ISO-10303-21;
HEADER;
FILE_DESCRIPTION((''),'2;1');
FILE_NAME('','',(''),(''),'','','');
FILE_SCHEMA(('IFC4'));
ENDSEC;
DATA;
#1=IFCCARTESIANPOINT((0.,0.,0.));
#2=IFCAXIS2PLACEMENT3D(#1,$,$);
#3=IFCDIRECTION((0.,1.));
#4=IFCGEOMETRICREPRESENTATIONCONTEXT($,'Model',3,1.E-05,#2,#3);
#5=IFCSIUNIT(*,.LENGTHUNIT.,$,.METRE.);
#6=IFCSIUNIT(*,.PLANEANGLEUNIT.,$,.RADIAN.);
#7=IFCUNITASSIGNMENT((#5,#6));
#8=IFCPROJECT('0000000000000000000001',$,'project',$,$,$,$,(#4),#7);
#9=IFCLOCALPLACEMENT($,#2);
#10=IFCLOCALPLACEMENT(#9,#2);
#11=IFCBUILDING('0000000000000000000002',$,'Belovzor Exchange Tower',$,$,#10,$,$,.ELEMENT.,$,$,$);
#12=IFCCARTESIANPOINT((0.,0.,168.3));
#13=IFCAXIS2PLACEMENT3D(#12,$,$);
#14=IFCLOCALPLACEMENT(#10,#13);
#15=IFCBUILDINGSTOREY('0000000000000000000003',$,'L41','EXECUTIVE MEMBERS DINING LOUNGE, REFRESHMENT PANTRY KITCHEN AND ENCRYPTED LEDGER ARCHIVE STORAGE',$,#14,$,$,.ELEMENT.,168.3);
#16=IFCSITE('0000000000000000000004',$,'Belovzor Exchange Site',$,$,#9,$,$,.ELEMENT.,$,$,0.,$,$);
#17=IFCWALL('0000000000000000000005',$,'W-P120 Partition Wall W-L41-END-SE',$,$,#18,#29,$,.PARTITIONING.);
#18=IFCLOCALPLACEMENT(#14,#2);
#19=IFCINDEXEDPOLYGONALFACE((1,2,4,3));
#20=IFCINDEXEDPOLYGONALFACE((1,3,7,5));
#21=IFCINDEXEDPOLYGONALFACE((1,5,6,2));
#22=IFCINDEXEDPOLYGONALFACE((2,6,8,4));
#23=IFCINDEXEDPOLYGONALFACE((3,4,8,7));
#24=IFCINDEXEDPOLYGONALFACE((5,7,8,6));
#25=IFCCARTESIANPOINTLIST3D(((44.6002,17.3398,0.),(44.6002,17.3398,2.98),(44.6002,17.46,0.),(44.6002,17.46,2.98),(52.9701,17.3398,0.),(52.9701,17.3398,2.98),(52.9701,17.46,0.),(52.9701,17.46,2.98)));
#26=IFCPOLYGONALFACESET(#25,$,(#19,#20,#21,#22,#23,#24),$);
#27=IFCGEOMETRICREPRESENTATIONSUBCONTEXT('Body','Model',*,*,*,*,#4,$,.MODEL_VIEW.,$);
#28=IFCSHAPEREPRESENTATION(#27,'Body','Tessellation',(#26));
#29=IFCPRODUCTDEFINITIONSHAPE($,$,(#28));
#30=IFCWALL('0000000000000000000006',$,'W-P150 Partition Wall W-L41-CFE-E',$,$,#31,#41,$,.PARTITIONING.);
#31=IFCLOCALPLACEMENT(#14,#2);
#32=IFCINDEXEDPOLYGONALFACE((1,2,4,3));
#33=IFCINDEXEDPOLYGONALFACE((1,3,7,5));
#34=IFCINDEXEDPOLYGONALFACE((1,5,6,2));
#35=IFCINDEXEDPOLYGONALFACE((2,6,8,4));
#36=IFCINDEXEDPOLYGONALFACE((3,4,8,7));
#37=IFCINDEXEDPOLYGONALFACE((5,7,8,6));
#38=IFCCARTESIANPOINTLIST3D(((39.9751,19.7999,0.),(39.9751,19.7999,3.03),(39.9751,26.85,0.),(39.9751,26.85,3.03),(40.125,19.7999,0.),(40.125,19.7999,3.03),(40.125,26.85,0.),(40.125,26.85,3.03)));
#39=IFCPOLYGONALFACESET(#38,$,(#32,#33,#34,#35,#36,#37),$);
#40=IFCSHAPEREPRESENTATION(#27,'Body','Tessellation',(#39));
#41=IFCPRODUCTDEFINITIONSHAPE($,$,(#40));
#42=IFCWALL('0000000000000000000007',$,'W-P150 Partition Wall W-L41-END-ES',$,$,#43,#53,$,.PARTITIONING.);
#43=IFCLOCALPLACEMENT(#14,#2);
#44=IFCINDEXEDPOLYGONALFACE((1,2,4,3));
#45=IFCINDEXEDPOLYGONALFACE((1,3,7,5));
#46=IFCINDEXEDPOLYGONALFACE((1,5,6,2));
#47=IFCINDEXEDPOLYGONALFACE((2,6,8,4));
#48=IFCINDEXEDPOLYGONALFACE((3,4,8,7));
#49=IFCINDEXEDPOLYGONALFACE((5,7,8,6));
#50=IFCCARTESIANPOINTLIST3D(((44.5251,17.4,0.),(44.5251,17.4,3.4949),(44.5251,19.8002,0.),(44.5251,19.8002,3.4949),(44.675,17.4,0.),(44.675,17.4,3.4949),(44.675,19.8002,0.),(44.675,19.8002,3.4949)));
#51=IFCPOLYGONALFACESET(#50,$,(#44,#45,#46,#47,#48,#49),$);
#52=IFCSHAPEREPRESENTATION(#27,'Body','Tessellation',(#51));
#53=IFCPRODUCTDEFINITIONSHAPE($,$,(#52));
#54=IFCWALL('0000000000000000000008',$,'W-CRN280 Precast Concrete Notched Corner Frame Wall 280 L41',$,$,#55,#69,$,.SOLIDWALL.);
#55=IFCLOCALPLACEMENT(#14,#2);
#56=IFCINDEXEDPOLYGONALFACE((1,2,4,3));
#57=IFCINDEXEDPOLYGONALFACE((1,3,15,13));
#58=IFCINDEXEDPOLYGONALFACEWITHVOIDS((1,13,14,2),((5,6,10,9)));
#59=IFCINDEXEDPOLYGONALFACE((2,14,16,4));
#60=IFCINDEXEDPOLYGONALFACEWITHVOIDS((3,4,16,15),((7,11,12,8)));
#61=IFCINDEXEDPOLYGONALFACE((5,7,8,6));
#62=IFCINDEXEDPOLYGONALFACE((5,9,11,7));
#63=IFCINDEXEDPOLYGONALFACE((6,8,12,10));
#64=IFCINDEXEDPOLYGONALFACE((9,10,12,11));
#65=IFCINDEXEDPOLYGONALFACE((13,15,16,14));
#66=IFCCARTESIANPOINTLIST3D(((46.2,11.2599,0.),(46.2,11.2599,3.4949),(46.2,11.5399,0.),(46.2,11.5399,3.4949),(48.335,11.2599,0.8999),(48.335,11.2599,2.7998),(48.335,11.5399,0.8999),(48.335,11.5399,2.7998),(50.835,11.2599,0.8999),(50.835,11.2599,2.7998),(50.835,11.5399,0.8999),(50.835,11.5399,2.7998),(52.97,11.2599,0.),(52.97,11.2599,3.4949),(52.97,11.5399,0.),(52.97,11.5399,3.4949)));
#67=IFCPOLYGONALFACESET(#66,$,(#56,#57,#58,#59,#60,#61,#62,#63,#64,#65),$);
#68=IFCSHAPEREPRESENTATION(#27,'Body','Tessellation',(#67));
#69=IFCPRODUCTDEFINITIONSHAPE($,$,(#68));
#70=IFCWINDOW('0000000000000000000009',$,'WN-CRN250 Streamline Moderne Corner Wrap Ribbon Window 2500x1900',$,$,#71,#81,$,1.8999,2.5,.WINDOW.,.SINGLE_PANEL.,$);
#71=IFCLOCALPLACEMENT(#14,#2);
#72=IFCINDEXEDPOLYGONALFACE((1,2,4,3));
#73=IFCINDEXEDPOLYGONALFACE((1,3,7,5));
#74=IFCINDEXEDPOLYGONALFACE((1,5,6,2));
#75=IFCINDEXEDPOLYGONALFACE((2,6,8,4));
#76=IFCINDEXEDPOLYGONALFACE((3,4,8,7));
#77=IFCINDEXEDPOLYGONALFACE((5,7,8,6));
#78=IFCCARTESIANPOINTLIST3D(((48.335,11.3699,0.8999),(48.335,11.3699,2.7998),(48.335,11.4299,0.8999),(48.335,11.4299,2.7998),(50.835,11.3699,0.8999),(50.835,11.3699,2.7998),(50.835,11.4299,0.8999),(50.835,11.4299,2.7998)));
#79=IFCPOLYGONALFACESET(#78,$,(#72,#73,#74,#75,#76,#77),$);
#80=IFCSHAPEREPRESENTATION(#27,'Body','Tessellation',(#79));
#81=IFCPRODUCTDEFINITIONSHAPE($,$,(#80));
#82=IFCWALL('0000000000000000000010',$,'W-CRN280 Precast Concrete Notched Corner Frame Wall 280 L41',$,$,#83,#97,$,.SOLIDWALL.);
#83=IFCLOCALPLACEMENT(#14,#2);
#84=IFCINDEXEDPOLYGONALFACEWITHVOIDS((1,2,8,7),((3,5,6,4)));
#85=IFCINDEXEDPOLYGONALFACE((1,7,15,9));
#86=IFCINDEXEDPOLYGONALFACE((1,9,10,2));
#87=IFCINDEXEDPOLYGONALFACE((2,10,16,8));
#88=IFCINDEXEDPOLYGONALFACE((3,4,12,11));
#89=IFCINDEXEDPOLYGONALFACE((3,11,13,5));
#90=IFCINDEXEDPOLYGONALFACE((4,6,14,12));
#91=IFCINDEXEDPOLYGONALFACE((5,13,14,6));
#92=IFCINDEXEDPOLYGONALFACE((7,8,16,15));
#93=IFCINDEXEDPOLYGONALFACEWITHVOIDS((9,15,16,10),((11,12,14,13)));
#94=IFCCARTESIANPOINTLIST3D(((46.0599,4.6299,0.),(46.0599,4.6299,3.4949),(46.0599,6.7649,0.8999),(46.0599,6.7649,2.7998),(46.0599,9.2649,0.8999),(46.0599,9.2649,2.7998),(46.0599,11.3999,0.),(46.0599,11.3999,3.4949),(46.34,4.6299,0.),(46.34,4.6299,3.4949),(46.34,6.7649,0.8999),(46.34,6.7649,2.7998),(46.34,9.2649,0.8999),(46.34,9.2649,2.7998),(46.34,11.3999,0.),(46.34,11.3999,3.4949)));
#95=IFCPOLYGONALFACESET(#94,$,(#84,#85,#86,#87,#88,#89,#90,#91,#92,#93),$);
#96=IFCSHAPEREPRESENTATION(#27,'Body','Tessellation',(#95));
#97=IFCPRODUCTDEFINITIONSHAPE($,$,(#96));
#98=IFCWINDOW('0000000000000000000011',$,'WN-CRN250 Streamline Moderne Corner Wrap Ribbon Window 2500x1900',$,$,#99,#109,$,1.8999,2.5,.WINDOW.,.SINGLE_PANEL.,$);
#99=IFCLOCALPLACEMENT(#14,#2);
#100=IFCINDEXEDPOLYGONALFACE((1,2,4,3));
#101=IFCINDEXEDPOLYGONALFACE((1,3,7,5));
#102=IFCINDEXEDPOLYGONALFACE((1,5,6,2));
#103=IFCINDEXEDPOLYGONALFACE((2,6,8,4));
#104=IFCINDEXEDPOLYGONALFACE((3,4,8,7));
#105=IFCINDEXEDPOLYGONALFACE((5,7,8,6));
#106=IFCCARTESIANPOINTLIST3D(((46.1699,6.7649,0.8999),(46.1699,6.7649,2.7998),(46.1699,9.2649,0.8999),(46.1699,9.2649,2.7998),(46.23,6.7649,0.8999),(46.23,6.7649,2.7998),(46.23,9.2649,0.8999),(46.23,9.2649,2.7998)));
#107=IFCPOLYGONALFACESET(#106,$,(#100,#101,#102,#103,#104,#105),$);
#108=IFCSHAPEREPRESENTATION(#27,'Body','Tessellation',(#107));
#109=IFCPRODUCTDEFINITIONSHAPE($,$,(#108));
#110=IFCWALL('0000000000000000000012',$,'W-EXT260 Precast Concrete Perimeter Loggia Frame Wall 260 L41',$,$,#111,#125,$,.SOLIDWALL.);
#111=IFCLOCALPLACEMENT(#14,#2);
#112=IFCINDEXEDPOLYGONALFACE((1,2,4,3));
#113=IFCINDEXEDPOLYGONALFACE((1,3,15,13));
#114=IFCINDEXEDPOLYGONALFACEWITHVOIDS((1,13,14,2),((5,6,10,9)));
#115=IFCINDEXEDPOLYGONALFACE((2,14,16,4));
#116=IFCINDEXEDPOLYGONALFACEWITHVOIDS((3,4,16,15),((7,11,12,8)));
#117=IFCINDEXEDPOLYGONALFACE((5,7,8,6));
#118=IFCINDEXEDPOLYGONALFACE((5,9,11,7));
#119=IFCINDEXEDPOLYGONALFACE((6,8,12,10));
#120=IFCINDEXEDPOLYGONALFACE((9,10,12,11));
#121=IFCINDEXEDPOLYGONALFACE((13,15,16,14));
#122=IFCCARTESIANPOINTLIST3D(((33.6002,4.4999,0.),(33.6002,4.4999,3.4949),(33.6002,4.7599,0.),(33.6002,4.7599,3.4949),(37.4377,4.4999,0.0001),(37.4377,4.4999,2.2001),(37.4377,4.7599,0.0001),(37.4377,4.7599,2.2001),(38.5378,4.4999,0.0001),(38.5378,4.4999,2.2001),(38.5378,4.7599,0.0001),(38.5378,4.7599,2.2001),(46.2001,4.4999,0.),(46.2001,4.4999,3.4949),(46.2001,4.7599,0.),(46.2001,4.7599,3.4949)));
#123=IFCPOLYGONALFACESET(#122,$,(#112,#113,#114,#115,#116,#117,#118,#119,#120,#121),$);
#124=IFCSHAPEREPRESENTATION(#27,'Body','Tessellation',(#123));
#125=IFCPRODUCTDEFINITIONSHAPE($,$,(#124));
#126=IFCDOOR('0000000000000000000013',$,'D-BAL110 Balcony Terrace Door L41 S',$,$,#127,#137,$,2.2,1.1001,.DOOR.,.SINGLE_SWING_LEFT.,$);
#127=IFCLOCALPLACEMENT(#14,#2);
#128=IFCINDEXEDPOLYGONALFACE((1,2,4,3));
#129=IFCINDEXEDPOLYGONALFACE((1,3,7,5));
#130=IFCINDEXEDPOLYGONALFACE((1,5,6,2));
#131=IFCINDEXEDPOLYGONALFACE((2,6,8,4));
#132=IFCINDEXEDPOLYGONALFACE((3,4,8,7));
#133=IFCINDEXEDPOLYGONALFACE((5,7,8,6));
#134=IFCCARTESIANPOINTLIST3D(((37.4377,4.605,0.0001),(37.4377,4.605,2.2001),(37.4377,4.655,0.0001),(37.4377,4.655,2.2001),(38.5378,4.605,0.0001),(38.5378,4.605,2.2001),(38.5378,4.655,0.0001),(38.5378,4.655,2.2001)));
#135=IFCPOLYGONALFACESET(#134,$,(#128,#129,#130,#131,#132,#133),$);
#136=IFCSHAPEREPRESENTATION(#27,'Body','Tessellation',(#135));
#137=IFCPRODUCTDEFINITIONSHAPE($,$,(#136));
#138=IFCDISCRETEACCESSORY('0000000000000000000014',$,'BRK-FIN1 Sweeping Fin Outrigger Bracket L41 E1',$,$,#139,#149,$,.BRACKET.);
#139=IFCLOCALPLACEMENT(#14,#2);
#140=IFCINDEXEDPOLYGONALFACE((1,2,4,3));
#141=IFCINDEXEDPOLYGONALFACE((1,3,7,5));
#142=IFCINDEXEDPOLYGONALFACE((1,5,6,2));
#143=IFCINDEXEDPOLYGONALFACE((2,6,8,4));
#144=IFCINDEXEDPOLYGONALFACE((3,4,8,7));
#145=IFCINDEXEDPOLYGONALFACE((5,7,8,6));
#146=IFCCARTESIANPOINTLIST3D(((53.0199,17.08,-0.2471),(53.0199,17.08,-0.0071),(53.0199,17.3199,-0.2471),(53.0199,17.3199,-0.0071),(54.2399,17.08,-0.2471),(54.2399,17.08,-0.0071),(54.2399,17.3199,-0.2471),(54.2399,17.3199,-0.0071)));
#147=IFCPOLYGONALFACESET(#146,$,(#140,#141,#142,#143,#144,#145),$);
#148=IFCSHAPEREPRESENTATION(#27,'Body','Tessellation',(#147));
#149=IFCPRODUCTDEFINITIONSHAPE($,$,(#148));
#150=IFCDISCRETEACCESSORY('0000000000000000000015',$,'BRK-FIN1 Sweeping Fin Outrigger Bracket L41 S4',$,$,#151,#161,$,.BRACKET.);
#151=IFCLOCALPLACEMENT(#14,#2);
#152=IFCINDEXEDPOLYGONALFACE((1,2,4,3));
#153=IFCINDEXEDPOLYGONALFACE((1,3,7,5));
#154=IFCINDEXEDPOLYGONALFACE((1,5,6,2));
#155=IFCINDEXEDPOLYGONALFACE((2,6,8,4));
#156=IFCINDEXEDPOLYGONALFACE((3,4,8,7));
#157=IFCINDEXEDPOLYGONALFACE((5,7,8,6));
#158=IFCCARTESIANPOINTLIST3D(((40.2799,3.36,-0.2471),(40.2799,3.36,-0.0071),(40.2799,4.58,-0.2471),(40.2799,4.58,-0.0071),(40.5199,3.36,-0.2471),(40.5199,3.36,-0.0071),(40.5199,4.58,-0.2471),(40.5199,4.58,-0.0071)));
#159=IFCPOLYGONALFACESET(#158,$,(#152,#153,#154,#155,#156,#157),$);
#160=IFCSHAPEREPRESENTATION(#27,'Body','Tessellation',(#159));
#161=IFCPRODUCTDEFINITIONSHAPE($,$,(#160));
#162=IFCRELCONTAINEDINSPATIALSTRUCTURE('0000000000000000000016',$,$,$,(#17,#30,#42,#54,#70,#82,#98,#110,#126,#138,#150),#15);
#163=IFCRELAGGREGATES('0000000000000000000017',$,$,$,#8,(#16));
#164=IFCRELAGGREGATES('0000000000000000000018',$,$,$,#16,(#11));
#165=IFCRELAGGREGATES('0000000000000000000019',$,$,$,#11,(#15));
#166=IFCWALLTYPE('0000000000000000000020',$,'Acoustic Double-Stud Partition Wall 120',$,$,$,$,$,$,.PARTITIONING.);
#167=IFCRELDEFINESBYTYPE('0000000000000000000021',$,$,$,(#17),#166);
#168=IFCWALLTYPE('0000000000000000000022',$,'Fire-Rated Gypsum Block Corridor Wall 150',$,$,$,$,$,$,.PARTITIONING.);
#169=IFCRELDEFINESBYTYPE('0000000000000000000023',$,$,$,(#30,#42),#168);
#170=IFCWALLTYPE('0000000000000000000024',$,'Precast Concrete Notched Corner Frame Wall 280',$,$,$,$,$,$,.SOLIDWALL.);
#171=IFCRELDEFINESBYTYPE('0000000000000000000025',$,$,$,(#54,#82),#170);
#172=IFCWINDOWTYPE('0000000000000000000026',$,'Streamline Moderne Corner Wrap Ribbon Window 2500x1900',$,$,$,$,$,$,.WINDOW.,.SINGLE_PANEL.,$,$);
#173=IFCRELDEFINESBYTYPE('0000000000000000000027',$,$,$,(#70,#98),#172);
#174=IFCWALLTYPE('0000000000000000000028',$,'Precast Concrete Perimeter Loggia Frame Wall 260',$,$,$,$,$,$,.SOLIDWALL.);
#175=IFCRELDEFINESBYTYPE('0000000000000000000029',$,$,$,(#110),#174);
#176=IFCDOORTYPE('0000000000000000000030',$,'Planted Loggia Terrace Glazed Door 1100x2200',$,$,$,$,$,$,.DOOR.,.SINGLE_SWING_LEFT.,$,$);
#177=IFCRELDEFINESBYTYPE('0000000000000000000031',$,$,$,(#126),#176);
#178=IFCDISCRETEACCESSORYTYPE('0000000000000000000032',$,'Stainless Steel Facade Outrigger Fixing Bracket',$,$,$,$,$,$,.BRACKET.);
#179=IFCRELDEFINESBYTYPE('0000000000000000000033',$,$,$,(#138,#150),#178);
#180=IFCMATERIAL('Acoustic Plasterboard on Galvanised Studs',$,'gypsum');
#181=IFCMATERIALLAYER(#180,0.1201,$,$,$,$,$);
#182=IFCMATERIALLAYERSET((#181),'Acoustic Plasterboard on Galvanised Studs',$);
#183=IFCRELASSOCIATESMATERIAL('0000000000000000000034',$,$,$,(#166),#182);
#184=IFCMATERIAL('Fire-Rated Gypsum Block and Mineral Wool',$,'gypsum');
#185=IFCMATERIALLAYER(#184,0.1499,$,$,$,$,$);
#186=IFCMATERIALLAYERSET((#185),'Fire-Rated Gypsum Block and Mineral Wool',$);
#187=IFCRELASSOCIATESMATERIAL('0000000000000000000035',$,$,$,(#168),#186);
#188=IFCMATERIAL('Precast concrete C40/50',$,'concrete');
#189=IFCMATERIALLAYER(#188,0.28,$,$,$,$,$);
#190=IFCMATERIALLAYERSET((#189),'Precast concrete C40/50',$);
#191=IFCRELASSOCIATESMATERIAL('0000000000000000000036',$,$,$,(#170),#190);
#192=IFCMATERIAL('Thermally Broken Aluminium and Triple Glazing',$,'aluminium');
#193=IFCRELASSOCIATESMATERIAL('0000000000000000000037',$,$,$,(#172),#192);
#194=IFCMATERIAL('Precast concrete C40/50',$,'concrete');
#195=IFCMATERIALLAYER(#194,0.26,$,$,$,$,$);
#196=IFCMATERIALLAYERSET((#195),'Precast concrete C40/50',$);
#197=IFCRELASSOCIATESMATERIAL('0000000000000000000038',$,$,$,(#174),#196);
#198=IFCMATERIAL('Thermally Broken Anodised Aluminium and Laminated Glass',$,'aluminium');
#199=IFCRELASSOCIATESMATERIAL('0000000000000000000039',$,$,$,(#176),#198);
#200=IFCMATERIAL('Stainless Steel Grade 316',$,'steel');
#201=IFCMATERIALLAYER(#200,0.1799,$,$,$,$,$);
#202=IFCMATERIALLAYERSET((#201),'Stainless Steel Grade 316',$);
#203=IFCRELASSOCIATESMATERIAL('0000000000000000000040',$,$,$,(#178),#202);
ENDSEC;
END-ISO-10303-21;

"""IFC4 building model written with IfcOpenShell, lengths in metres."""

from ifc_helpers import new_model, si_unit, direction, frame, frame_2d, origin, origin_2d, place, context, subcontext, project, spatial, rectangle, extrude, material, layer, layer_set, type_object, element, fill, save


model = new_model("IFC4")

# Units and contexts
model_context = context("Model", 3, precision=1e-05, world=origin(), true_north=direction((0.0, 1.0)))
body_context = subcontext(model_context, "Body", "Model", "MODEL_VIEW")
ifc_project = project(units=[si_unit("LENGTHUNIT", "METRE"), si_unit("PLANEANGLEUNIT", "RADIAN")], contexts=[model_context])

# Site, building, storey
site_placement = place(None, origin())
site = spatial("IfcSite", under=ifc_project, at=site_placement, Name="Belovzor Exchange Site", CompositionType="ELEMENT", RefElevation=0.0)
building_placement = place(site_placement, origin())
building = spatial("IfcBuilding", under=site, at=building_placement, Name="Belovzor Exchange Tower", CompositionType="ELEMENT")
storey_placement = place(building_placement, frame((0.0, 0.0, 168.3)))
storey = spatial("IfcBuildingStorey", under=building, at=storey_placement, Name="L41", Description="EXECUTIVE MEMBERS DINING LOUNGE, REFRESHMENT PANTRY KITCHEN AND ENCRYPTED LEDGER ARCHIVE STORAGE", CompositionType="ELEMENT", Elevation=168.3)

# Walls
ifc_material_1 = material(Name="Acoustic Plasterboard on Galvanised Studs", Category="gypsum")
ifc_layer_1 = layer(ifc_material_1, 0.1201)
ifc_layer_set_1 = layer_set([ifc_layer_1], Name="Acoustic Plasterboard on Galvanised Studs")
wall_type_1 = type_object("IfcWallType", Name="Acoustic Double-Stud Partition Wall 120", PredefinedType="PARTITIONING", material=ifc_layer_set_1)
wall_1_placement = place(storey_placement, frame((44.6001, 17.3999, 0.0), z_axis=(0.0, 0.0, 1.0), x_axis=(1.0, 0.0, 0.0)))
element("IfcWall", 1, at=wall_1_placement, inside=storey, type_object=wall_type_1, Name="W-P120 Partition Wall W-L41-END-SE", PredefinedType="PARTITIONING", context=body_context, shape_type="SweptSolid", body=[
    extrude(rectangle(XDim=8.3699, YDim=0.1201, at=frame_2d((4.1851, 0.0))), origin(), (0.0, 0.0, 1.0), 2.98),
])
ifc_material_2 = material(Name="Fire-Rated Gypsum Block and Mineral Wool", Category="gypsum")
ifc_layer_2 = layer(ifc_material_2, 0.1499)
ifc_layer_set_2 = layer_set([ifc_layer_2], Name="Fire-Rated Gypsum Block and Mineral Wool")
wall_type_2 = type_object("IfcWallType", Name="Fire-Rated Gypsum Block Corridor Wall 150", PredefinedType="PARTITIONING", material=ifc_layer_set_2)
wall_2_placement = place(storey_placement, frame((40.05, 19.8, 0.0), z_axis=(0.0, 0.0, 1.0), x_axis=(0.0, 1.0, 0.0)))
element("IfcWall", 2, at=wall_2_placement, inside=storey, type_object=wall_type_2, Name="W-P150 Partition Wall W-L41-CFE-E", PredefinedType="PARTITIONING", context=body_context, shape_type="SweptSolid", body=[
    extrude(rectangle(XDim=7.05, YDim=0.1499, at=frame_2d((3.5249, 0.0))), origin(), (0.0, 0.0, 1.0), 3.03),
])
wall_3_placement = place(storey_placement, frame((44.6001, 17.3999, 0.0), z_axis=(0.0, 0.0, 1.0), x_axis=(0.0, 1.0, 0.0)))
element("IfcWall", 3, at=wall_3_placement, inside=storey, type_object=wall_type_2, Name="W-P150 Partition Wall W-L41-END-ES", PredefinedType="PARTITIONING", context=body_context, shape_type="SweptSolid", body=[
    extrude(rectangle(XDim=2.4001, YDim=0.1499, at=frame_2d((1.2002, 0.0))), origin(), (0.0, 0.0, 1.0), 3.4949),
])

# Walls, openings, windows
ifc_material_3 = material(Name="Precast concrete C40/50", Category="concrete")
ifc_layer_3 = layer(ifc_material_3, 0.28)
ifc_layer_set_3 = layer_set([ifc_layer_3], Name="Precast concrete C40/50")
wall_type_3 = type_object("IfcWallType", Name="Precast Concrete Notched Corner Frame Wall 280", PredefinedType="SOLIDWALL", material=ifc_layer_set_3)
wall_4_placement = place(storey_placement, frame((52.97, 11.3999, 0.0), z_axis=(0.0, 0.0, 1.0), x_axis=(-1.0, 0.0, 0.0)))
wall_4 = element("IfcWall", 4, at=wall_4_placement, inside=storey, type_object=wall_type_3, Name="W-CRN280 Precast Concrete Notched Corner Frame Wall 280 L41", PredefinedType="SOLIDWALL", context=body_context, shape_type="SweptSolid", body=[
    extrude(rectangle(XDim=6.77, YDim=0.28, at=frame_2d((3.385, 0.0))), origin(), (0.0, 0.0, 1.0), 3.4949),
])
opening_1_placement = place(wall_4_placement, frame((2.135, 0.0, 0.8999)))
opening_1 = element("IfcOpeningElement", 5, at=opening_1_placement, cuts=wall_4, PredefinedType="OPENING", context=body_context, shape_type="SweptSolid", body=[
    extrude(rectangle(XDim=2.5, YDim=1.8999, at=frame_2d((1.25, 0.95))), frame((0.0, 0.1499, 0.0), z_axis=(0.0, -1.0, 0.0), x_axis=(1.0, 0.0, 0.0)), (0.0, 0.0, 1.0), 0.3),
])
ifc_material_4 = material(Name="Thermally Broken Aluminium and Triple Glazing", Category="aluminium")
window_type = type_object("IfcWindowType", Name="Streamline Moderne Corner Wrap Ribbon Window 2500x1900", PartitioningType="SINGLE_PANEL", PredefinedType="WINDOW", material=ifc_material_4)
window_1_placement = place(opening_1_placement, origin())
window_1 = element("IfcWindow", 6, at=window_1_placement, inside=storey, type_object=window_type, Name="WN-CRN250 Streamline Moderne Corner Wrap Ribbon Window 2500x1900", OverallHeight=1.8999, OverallWidth=2.5, PartitioningType="SINGLE_PANEL", PredefinedType="WINDOW", context=body_context, shape_type="SweptSolid", body=[
    extrude(rectangle(XDim=2.5, YDim=1.8999, at=frame_2d((1.25, 0.95))), frame((0.0, 0.03, 0.0), z_axis=(0.0, -1.0, 0.0), x_axis=(1.0, 0.0, 0.0)), (0.0, 0.0, 1.0), 0.0601),
])
fill(opening_1, window_1)
wall_5_placement = place(storey_placement, frame((46.2, 11.3999, 0.0), z_axis=(0.0, 0.0, 1.0), x_axis=(0.0, -1.0, 0.0)))
wall_5 = element("IfcWall", 7, at=wall_5_placement, inside=storey, type_object=wall_type_3, Name="W-CRN280 Precast Concrete Notched Corner Frame Wall 280 L41", PredefinedType="SOLIDWALL", context=body_context, shape_type="SweptSolid", body=[
    extrude(rectangle(XDim=6.77, YDim=0.28, at=frame_2d((3.385, 0.0))), origin(), (0.0, 0.0, 1.0), 3.4949),
])
opening_2_placement = place(wall_5_placement, frame((2.135, 0.0, 0.8999)))
opening_2 = element("IfcOpeningElement", 8, at=opening_2_placement, cuts=wall_5, PredefinedType="OPENING", context=body_context, shape_type="SweptSolid", body=[
    extrude(rectangle(XDim=2.5, YDim=1.8999, at=frame_2d((1.25, 0.95))), frame((0.0, 0.1499, 0.0), z_axis=(0.0, -1.0, 0.0), x_axis=(1.0, 0.0, 0.0)), (0.0, 0.0, 1.0), 0.3),
])
window_2_placement = place(opening_2_placement, origin())
window_2 = element("IfcWindow", 9, at=window_2_placement, inside=storey, type_object=window_type, Name="WN-CRN250 Streamline Moderne Corner Wrap Ribbon Window 2500x1900", OverallHeight=1.8999, OverallWidth=2.5, PartitioningType="SINGLE_PANEL", PredefinedType="WINDOW", context=body_context, shape_type="SweptSolid", body=[
    extrude(rectangle(XDim=2.5, YDim=1.8999, at=frame_2d((1.25, 0.95))), frame((0.0, 0.03, 0.0), z_axis=(0.0, -1.0, 0.0), x_axis=(1.0, 0.0, 0.0)), (0.0, 0.0, 1.0), 0.0601),
])
fill(opening_2, window_2)

# Wall, opening, door
ifc_material_5 = material(Name="Precast concrete C40/50", Category="concrete")
ifc_layer_4 = layer(ifc_material_5, 0.26)
ifc_layer_set_4 = layer_set([ifc_layer_4], Name="Precast concrete C40/50")
wall_type_4 = type_object("IfcWallType", Name="Precast Concrete Perimeter Loggia Frame Wall 260", PredefinedType="SOLIDWALL", material=ifc_layer_set_4)
wall_6_placement = place(storey_placement, frame((46.2, 4.6299, 0.0), z_axis=(0.0, 0.0, 1.0), x_axis=(-1.0, 0.0, 0.0)))
wall_6 = element("IfcWall", 10, at=wall_6_placement, inside=storey, type_object=wall_type_4, Name="W-EXT260 Precast Concrete Perimeter Loggia Frame Wall 260 L41", PredefinedType="SOLIDWALL", context=body_context, shape_type="SweptSolid", body=[
    extrude(rectangle(XDim=12.5999, YDim=0.26, at=frame_2d((6.2998, 0.0))), origin(), (0.0, 0.0, 1.0), 3.4949),
])
opening_3_placement = place(wall_6_placement, frame((7.6621, 0.0, 0.0)))
opening_3 = element("IfcOpeningElement", 11, at=opening_3_placement, cuts=wall_6, PredefinedType="OPENING", context=body_context, shape_type="SweptSolid", body=[
    extrude(rectangle(XDim=1.1001, YDim=2.2, at=frame_2d((0.55, 1.1001))), frame((0.0, 0.1399, 0.0), z_axis=(0.0, -1.0, 0.0), x_axis=(1.0, 0.0, 0.0)), (0.0, 0.0, 1.0), 0.28),
])
ifc_material_6 = material(Name="Thermally Broken Anodised Aluminium and Laminated Glass", Category="aluminium")
door_type = type_object("IfcDoorType", Name="Planted Loggia Terrace Glazed Door 1100x2200", OperationType="SINGLE_SWING_LEFT", PredefinedType="DOOR", material=ifc_material_6)
door_placement = place(opening_3_placement, origin())
door = element("IfcDoor", 12, at=door_placement, inside=storey, type_object=door_type, Name="D-BAL110 Balcony Terrace Door L41 S", OperationType="SINGLE_SWING_LEFT", OverallHeight=2.2, OverallWidth=1.1001, PredefinedType="DOOR", context=body_context, shape_type="SweptSolid", body=[
    extrude(rectangle(XDim=1.1001, YDim=2.2, at=frame_2d((0.55, 1.1001))), frame((0.0, 0.0249, 0.0), z_axis=(0.0, -1.0, 0.0), x_axis=(1.0, 0.0, 0.0)), (0.0, 0.0, 1.0), 0.05),
])
fill(opening_3, door)

# Discrete accessories
ifc_material_7 = material(Name="Stainless Steel Grade 316", Category="steel")
ifc_layer_5 = layer(ifc_material_7, 0.1799)
ifc_layer_set_5 = layer_set([ifc_layer_5], Name="Stainless Steel Grade 316")
discrete_accessory_type = type_object("IfcDiscreteAccessoryType", Name="Stainless Steel Facade Outrigger Fixing Bracket", PredefinedType="BRACKET", material=ifc_layer_set_5)
for number, where, z_axis, x_axis, name in (
    (13, (53.6299, 17.2, -0.2471), (0.0, 0.0, 1.0), (1.0, 0.0, 0.0), "BRK-FIN1 Sweeping Fin Outrigger Bracket L41 E1"),
    (14, (40.3999, 3.97, -0.2471), (0.0, 0.0, 1.0), (0.0, 1.0, 0.0), "BRK-FIN1 Sweeping Fin Outrigger Bracket L41 S4"),
):
    element("IfcDiscreteAccessory", number, at=place(storey_placement, frame(where, z_axis=z_axis, x_axis=x_axis)), inside=storey, type_object=discrete_accessory_type, Name=name, PredefinedType="BRACKET", context=body_context, shape_type="SweptSolid", body=[
        extrude(rectangle(XDim=1.22, YDim=0.24, at=origin_2d()), origin(), (0.0, 0.0, 1.0), 0.24),
    ])

save(model, "model.ifc")
